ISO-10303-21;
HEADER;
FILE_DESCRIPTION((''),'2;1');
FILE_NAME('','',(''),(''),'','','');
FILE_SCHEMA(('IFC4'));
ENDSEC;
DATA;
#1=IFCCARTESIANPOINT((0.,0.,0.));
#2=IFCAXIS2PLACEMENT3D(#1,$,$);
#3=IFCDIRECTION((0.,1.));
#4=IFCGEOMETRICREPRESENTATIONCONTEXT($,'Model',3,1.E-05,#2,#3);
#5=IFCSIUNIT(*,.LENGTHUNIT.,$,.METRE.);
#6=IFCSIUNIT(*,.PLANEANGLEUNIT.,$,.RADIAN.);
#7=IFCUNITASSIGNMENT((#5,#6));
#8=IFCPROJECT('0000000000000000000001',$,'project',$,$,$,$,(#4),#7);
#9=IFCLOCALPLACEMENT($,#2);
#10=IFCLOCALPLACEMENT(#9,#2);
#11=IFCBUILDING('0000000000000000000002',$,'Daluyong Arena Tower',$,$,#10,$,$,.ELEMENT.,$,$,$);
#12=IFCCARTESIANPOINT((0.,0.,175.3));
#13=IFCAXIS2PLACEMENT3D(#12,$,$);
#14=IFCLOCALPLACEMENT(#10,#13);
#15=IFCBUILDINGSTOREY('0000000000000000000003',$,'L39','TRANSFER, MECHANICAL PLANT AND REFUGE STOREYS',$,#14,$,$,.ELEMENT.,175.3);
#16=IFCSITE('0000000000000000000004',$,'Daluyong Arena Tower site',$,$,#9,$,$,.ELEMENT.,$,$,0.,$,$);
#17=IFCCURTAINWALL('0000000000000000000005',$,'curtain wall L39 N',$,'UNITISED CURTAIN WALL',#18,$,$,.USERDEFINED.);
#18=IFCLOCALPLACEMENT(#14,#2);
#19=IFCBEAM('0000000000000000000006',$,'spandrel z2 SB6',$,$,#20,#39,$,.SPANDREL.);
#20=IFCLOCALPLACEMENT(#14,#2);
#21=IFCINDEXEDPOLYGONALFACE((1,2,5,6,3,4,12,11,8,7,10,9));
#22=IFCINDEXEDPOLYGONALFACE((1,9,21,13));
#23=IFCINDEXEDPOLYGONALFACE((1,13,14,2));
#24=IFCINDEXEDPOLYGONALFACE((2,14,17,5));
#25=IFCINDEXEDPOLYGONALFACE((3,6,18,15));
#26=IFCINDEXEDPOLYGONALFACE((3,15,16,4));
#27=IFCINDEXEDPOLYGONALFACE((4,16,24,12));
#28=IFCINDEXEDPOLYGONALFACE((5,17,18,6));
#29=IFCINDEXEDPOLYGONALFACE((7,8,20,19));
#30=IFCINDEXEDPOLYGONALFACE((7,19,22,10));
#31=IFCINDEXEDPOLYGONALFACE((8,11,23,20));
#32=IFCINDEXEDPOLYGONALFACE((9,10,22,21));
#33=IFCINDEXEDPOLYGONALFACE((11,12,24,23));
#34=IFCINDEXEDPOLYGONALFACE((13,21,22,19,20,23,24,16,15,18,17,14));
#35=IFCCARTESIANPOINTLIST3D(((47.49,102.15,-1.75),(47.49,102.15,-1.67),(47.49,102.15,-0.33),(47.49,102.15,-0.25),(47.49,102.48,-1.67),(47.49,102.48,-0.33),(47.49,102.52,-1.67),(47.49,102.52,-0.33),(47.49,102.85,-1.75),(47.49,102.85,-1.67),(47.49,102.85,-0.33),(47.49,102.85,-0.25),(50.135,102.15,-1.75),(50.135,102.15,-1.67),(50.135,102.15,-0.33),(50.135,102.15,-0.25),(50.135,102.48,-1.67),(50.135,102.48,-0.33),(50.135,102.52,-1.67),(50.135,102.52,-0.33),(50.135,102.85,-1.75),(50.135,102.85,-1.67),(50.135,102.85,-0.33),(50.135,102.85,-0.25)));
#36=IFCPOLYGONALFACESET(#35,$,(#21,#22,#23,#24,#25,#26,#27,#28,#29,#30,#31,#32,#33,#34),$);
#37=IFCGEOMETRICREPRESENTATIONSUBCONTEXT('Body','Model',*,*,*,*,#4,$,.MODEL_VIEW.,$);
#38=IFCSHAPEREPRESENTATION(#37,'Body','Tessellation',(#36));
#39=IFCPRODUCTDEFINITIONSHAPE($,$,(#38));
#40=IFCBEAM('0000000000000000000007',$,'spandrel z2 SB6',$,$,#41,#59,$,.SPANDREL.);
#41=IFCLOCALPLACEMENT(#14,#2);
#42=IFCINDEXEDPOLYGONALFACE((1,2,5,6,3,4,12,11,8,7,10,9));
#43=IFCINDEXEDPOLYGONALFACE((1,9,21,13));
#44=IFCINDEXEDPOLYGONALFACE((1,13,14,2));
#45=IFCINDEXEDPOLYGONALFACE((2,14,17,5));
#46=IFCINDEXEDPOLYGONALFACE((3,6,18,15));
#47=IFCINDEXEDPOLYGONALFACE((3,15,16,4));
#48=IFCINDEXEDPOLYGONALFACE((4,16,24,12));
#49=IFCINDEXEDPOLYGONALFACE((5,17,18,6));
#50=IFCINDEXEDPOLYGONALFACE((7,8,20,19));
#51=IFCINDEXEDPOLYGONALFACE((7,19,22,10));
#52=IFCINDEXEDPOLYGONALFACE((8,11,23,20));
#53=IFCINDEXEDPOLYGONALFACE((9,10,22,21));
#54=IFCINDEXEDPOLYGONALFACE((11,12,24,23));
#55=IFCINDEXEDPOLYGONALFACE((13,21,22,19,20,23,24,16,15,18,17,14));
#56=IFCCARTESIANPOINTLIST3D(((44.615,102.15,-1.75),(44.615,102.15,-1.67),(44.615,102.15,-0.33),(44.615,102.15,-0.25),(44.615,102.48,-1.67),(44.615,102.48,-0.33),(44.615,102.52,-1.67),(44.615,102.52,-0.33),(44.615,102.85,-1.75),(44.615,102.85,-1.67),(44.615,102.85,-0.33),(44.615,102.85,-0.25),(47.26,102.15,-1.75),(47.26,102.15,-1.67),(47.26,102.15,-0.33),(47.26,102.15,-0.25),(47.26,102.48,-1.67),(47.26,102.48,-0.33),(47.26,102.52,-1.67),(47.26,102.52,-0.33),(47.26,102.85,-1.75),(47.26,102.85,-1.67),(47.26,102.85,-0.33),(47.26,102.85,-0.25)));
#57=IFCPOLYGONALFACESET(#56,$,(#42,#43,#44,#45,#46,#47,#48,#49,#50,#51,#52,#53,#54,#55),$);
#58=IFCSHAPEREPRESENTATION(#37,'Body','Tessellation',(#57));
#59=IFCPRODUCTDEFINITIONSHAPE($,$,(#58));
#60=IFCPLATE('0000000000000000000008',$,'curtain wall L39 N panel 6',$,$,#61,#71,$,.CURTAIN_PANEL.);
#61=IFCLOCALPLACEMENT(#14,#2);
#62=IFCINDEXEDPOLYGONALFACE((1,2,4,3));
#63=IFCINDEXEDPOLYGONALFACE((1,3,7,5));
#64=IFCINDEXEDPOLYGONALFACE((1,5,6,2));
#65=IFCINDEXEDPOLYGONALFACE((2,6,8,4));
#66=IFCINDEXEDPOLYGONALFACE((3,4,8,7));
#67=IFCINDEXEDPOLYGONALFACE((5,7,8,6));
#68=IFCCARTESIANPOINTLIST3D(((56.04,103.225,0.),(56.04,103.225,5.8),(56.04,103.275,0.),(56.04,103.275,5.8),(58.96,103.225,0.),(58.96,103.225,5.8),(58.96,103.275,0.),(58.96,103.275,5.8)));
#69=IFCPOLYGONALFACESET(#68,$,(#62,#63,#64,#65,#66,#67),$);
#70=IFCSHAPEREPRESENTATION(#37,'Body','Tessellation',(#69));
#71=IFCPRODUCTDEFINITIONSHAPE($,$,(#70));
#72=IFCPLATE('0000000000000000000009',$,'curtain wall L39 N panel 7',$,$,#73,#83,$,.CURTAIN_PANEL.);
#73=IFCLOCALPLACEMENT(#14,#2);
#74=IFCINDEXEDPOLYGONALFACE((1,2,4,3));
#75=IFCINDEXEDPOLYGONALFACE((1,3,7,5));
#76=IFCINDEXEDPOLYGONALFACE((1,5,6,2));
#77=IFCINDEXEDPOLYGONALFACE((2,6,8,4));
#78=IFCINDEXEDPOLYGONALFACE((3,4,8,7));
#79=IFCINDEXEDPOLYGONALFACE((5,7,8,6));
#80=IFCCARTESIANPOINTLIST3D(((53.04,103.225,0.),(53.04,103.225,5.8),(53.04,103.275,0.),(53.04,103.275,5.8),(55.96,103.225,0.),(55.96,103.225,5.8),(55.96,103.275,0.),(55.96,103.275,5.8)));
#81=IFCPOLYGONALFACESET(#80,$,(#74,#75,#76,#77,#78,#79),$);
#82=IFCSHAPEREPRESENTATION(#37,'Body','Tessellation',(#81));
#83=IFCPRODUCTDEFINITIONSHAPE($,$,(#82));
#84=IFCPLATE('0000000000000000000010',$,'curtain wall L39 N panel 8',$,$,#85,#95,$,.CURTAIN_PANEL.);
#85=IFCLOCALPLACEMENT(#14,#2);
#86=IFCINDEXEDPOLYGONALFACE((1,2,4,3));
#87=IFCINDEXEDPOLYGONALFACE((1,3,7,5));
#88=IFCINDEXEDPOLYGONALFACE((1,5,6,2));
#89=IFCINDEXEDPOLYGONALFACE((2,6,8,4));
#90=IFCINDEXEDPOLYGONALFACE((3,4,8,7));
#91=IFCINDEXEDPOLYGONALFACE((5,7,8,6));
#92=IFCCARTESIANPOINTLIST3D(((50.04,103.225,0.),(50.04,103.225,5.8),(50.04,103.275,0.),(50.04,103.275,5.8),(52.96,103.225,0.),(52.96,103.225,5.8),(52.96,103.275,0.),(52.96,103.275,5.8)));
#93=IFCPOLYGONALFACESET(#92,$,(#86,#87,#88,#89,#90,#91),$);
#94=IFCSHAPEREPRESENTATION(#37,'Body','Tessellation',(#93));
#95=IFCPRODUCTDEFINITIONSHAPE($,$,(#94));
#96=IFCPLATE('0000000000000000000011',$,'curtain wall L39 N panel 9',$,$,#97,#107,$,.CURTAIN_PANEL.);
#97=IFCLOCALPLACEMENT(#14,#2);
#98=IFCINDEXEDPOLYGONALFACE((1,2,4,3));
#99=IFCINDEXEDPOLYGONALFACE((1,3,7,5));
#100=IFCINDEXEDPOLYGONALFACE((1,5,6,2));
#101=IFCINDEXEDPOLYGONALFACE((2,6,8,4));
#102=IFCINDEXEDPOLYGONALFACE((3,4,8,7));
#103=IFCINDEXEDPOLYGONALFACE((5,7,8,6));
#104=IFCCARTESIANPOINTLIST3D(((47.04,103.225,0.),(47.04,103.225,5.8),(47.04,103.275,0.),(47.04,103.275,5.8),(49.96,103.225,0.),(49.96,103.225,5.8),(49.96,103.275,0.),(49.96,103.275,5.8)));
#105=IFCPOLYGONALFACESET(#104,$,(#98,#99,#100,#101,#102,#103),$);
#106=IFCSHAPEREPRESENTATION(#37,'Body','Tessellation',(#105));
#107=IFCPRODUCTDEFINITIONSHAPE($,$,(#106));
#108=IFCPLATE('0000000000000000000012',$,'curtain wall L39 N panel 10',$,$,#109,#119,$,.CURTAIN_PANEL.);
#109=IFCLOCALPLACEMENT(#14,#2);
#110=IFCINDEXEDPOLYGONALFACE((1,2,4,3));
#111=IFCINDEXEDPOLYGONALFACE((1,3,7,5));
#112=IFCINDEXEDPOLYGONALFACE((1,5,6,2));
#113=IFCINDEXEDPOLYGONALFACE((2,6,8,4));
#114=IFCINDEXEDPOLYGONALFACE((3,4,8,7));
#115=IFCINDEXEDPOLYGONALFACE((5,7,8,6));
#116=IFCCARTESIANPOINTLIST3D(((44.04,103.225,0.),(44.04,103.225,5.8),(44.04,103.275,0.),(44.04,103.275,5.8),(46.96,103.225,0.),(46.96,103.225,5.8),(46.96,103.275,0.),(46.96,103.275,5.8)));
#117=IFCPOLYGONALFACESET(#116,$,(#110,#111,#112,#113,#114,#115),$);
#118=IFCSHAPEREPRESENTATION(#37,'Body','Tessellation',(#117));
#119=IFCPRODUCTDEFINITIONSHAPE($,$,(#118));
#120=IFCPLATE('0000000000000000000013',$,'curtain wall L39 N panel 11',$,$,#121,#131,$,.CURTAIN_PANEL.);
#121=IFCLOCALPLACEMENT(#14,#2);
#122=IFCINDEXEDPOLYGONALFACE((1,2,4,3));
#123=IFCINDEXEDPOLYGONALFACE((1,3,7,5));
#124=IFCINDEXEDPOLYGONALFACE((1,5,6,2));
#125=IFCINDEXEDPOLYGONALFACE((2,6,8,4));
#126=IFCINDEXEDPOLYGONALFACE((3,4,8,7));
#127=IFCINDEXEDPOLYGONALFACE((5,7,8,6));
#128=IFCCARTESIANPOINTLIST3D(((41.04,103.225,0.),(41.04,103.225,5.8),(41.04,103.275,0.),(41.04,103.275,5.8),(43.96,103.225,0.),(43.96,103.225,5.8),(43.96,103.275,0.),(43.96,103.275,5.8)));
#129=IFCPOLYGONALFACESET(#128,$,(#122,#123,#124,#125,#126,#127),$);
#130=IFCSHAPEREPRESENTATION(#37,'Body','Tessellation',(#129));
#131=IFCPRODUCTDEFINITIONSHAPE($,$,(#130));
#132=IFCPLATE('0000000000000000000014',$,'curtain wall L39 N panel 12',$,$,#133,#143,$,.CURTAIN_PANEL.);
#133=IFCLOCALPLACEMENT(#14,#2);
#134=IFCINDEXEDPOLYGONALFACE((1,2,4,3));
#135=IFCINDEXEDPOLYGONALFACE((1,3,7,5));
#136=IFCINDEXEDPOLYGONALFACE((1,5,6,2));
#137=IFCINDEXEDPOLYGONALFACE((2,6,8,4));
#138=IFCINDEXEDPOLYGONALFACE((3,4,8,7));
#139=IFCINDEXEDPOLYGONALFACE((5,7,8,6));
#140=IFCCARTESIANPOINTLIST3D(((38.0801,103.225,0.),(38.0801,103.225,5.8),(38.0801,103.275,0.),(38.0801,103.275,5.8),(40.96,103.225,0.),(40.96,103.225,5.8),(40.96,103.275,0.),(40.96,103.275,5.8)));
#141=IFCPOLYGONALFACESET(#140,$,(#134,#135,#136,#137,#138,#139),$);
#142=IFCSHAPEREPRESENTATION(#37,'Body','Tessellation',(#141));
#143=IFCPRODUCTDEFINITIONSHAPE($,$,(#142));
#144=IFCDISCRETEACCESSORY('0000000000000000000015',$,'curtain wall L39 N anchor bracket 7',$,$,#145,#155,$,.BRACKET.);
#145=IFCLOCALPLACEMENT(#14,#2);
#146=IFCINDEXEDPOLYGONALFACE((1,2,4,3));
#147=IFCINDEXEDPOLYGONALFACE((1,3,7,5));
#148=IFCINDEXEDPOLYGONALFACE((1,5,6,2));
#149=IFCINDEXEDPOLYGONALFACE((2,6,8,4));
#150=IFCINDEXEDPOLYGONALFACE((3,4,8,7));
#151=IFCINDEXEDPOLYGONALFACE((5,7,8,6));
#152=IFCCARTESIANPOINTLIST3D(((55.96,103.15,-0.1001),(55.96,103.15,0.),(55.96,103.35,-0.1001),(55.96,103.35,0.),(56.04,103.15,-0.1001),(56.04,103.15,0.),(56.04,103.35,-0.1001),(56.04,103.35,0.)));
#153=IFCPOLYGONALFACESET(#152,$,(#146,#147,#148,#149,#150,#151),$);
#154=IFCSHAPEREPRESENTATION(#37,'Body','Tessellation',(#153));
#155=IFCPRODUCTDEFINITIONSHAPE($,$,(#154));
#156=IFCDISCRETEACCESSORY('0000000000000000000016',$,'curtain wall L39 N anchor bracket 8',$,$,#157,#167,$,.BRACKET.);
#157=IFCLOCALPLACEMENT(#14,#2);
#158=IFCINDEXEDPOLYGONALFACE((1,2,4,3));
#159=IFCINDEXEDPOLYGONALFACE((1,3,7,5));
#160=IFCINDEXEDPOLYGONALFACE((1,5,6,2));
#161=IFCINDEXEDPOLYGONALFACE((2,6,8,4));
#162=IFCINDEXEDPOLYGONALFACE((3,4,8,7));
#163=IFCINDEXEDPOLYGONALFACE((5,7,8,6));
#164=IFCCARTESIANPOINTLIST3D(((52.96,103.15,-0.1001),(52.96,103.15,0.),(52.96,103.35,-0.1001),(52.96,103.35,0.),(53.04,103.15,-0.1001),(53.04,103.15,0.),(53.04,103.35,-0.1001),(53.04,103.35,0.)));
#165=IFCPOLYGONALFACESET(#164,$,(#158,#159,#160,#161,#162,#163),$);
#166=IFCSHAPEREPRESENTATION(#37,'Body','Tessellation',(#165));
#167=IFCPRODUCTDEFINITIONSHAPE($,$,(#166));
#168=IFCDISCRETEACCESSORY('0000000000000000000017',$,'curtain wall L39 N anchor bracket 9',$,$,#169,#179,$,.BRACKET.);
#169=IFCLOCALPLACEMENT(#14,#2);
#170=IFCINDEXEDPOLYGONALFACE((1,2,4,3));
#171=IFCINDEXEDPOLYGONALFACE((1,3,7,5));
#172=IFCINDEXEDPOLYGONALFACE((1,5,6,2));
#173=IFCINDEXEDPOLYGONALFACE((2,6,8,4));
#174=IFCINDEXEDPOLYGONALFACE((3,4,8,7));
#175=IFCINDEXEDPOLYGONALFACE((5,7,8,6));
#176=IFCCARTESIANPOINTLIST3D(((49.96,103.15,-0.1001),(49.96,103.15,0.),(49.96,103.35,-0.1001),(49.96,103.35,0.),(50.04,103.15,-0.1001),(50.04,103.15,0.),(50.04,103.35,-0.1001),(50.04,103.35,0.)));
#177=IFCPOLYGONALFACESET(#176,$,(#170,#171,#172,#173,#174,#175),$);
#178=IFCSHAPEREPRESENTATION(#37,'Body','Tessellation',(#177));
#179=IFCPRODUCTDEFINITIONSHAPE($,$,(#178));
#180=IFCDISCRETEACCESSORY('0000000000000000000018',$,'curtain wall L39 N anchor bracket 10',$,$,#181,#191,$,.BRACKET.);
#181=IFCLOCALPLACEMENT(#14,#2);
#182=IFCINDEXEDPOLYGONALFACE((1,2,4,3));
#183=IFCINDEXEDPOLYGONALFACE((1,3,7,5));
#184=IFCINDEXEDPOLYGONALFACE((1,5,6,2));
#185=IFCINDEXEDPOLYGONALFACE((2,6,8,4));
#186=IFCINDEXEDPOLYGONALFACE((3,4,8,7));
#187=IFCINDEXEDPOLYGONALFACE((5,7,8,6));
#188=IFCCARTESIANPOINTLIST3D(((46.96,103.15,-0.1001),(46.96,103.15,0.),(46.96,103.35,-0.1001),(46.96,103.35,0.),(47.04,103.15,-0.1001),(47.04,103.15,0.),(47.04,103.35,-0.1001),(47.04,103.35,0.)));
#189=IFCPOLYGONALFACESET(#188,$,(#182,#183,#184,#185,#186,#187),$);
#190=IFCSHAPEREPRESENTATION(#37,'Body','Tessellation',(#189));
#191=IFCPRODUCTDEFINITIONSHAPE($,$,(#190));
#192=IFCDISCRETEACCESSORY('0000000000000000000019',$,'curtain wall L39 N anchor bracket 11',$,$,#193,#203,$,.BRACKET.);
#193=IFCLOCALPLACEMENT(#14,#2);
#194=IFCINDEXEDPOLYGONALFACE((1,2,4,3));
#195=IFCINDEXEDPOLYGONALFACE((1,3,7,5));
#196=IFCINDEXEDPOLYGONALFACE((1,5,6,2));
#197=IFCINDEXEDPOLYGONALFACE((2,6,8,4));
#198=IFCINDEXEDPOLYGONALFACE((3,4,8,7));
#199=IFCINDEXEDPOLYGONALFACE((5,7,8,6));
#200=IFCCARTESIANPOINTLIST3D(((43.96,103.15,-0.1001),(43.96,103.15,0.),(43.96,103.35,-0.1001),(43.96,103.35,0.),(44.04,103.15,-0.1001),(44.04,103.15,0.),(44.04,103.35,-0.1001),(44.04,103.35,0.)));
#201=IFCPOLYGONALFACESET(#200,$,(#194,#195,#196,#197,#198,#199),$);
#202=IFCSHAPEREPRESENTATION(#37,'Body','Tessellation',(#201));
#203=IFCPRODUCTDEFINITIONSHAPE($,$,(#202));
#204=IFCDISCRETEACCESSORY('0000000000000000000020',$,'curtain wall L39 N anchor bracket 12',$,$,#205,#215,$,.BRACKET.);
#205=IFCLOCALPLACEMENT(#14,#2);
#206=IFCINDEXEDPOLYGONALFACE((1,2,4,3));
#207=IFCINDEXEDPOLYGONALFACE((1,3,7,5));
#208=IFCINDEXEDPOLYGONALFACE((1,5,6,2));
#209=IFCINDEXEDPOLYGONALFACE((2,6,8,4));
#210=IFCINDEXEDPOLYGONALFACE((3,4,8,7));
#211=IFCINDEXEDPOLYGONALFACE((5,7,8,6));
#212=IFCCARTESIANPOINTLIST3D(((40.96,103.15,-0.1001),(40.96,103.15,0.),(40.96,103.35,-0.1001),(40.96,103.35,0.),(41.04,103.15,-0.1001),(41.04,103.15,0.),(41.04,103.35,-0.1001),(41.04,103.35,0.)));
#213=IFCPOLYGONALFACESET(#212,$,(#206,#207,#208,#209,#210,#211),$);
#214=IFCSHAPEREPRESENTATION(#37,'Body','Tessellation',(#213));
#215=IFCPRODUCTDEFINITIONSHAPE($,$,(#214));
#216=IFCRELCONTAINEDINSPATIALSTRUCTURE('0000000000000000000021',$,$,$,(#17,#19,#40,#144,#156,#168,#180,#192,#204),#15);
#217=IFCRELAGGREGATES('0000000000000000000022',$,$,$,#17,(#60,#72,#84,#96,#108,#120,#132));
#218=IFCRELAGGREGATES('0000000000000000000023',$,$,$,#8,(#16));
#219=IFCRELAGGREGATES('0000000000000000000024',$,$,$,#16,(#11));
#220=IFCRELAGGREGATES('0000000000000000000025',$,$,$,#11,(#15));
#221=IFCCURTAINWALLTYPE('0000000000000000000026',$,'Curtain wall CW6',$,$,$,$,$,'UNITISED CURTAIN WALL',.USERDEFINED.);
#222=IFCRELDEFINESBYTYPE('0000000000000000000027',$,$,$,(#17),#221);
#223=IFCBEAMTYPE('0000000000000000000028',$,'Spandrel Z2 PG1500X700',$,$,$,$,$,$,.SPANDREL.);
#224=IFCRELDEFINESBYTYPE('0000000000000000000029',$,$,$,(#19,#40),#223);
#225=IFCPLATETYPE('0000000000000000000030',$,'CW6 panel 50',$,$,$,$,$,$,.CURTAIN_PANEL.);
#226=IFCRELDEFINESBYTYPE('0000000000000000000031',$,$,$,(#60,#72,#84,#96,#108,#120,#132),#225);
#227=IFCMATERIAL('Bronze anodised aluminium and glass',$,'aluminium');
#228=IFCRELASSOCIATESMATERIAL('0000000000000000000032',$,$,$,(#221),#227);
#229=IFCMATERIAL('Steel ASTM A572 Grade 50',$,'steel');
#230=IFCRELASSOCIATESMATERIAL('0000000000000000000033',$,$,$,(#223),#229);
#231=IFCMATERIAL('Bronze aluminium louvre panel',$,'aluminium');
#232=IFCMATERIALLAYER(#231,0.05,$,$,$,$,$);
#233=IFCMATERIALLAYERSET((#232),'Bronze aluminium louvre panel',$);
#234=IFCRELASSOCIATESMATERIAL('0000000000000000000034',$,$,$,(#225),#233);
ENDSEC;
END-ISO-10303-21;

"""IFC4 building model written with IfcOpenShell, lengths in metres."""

from ifc_helpers import new_model, si_unit, direction, frame, origin, origin_2d, place, context, subcontext, project, spatial, rectangle, i_section, extrude, material, layer, layer_set, material_profile, profile_set, type_object, element, aggregate, save


model = new_model("IFC4")

# Units and contexts
model_context = context("Model", 3, precision=1e-05, world=origin(), true_north=direction((0.0, 1.0)))
body_context = subcontext(model_context, "Body", "Model", "MODEL_VIEW")
ifc_project = project(units=[si_unit("LENGTHUNIT", "METRE"), si_unit("PLANEANGLEUNIT", "RADIAN")], contexts=[model_context])

# Site, building, storey
site_placement = place(None, origin())
site = spatial("IfcSite", under=ifc_project, at=site_placement, Name="Daluyong Arena Tower site", CompositionType="ELEMENT", RefElevation=0.0)
building_placement = place(site_placement, origin())
building = spatial("IfcBuilding", under=site, at=building_placement, Name="Daluyong Arena Tower", CompositionType="ELEMENT")
storey_placement = place(building_placement, frame((0.0, 0.0, 175.3)))
storey = spatial("IfcBuildingStorey", under=building, at=storey_placement, Name="L39", Description="TRANSFER, MECHANICAL PLANT AND REFUGE STOREYS", CompositionType="ELEMENT", Elevation=175.3)

# Curtain wall
ifc_material_1 = material(Name="Bronze anodised aluminium and glass", Category="aluminium")
curtain_wall_type = type_object("IfcCurtainWallType", Name="Curtain wall CW6", ElementType="UNITISED CURTAIN WALL", PredefinedType="USERDEFINED", material=ifc_material_1)
curtain_wall_placement = place(storey_placement, origin())
curtain_wall = element("IfcCurtainWall", 1, at=curtain_wall_placement, inside=storey, type_object=curtain_wall_type, Name="curtain wall L39 N", ObjectType="UNITISED CURTAIN WALL", PredefinedType="USERDEFINED")

# Beams
ifc_material_2 = material(Name="Steel ASTM A572 Grade 50", Category="steel")
ifc_material_profile_1 = material_profile(ifc_material_2, i_section(OverallWidth=0.7, OverallDepth=1.5, WebThickness=0.04, FlangeThickness=0.08, at=origin_2d()))
ifc_profile_set_1 = profile_set([ifc_material_profile_1], Name="Steel ASTM A572 Grade 50")
beam_type = type_object("IfcBeamType", Name="Spandrel Z2 PG1500X700", PredefinedType="SPANDREL", material=ifc_profile_set_1)
for number, where, z_axis, x_axis, name in (
    (2, (50.135, 102.5, -1.0), (-1.0, 0.0, 0.0), (0.0, -1.0, 0.0), "spandrel z2 SB6"),
    (3, (47.26, 102.5, -1.0), (-1.0, 0.0, 0.0), (0.0, -1.0, 0.0), "spandrel z2 SB6"),
):
    element("IfcBeam", number, at=place(storey_placement, frame(where, z_axis=z_axis, x_axis=x_axis)), inside=storey, type_object=beam_type, Name=name, PredefinedType="SPANDREL", context=body_context, shape_type="SweptSolid", body=[
        extrude(i_section(OverallWidth=0.7, OverallDepth=1.5, WebThickness=0.04, FlangeThickness=0.08, at=origin_2d()), origin(), (0.0, 0.0, 1.0), 2.645),
    ])

# Plates
ifc_material_3 = material(Name="Bronze aluminium louvre panel", Category="aluminium")
ifc_layer = layer(ifc_material_3, 0.05)
ifc_layer_set = layer_set([ifc_layer], Name="Bronze aluminium louvre panel")
plate_type = type_object("IfcPlateType", Name="CW6 panel 50", PredefinedType="CURTAIN_PANEL", material=ifc_layer_set)
plate_1_placement = place(storey_placement, frame((57.5, 103.25, 0.0), z_axis=(0.0, 0.0, 1.0), x_axis=(-1.0, 0.0, 0.0)))
plate_1 = element("IfcPlate", 4, at=plate_1_placement, type_object=plate_type, Name="curtain wall L39 N panel 6", PredefinedType="CURTAIN_PANEL", context=body_context, shape_type="SweptSolid", body=[
    extrude(rectangle(XDim=2.9199, YDim=0.05, at=origin_2d()), origin(), (0.0, 0.0, 1.0), 5.8),
])
plate_2_placement = place(storey_placement, frame((54.5, 103.25, 0.0), z_axis=(0.0, 0.0, 1.0), x_axis=(-1.0, 0.0, 0.0)))
plate_2 = element("IfcPlate", 5, at=plate_2_placement, type_object=plate_type, Name="curtain wall L39 N panel 7", PredefinedType="CURTAIN_PANEL", context=body_context, shape_type="SweptSolid", body=[
    extrude(rectangle(XDim=2.9199, YDim=0.05, at=origin_2d()), origin(), (0.0, 0.0, 1.0), 5.8),
])
plate_3_placement = place(storey_placement, frame((51.5, 103.25, 0.0), z_axis=(0.0, 0.0, 1.0), x_axis=(-1.0, 0.0, 0.0)))
plate_3 = element("IfcPlate", 6, at=plate_3_placement, type_object=plate_type, Name="curtain wall L39 N panel 8", PredefinedType="CURTAIN_PANEL", context=body_context, shape_type="SweptSolid", body=[
    extrude(rectangle(XDim=2.9199, YDim=0.05, at=origin_2d()), origin(), (0.0, 0.0, 1.0), 5.8),
])
plate_4_placement = place(storey_placement, frame((48.5, 103.25, 0.0), z_axis=(0.0, 0.0, 1.0), x_axis=(-1.0, 0.0, 0.0)))
plate_4 = element("IfcPlate", 7, at=plate_4_placement, type_object=plate_type, Name="curtain wall L39 N panel 9", PredefinedType="CURTAIN_PANEL", context=body_context, shape_type="SweptSolid", body=[
    extrude(rectangle(XDim=2.9199, YDim=0.05, at=origin_2d()), origin(), (0.0, 0.0, 1.0), 5.8),
])
plate_5_placement = place(storey_placement, frame((45.5, 103.25, 0.0), z_axis=(0.0, 0.0, 1.0), x_axis=(-1.0, 0.0, 0.0)))
plate_5 = element("IfcPlate", 8, at=plate_5_placement, type_object=plate_type, Name="curtain wall L39 N panel 10", PredefinedType="CURTAIN_PANEL", context=body_context, shape_type="SweptSolid", body=[
    extrude(rectangle(XDim=2.9199, YDim=0.05, at=origin_2d()), origin(), (0.0, 0.0, 1.0), 5.8),
])
plate_6_placement = place(storey_placement, frame((42.5, 103.25, 0.0), z_axis=(0.0, 0.0, 1.0), x_axis=(-1.0, 0.0, 0.0)))
plate_6 = element("IfcPlate", 9, at=plate_6_placement, type_object=plate_type, Name="curtain wall L39 N panel 11", PredefinedType="CURTAIN_PANEL", context=body_context, shape_type="SweptSolid", body=[
    extrude(rectangle(XDim=2.9199, YDim=0.05, at=origin_2d()), origin(), (0.0, 0.0, 1.0), 5.8),
])
plate_7_placement = place(storey_placement, frame((39.52, 103.25, 0.0), z_axis=(0.0, 0.0, 1.0), x_axis=(-1.0, 0.0, 0.0)))
plate_7 = element("IfcPlate", 10, at=plate_7_placement, type_object=plate_type, Name="curtain wall L39 N panel 12", PredefinedType="CURTAIN_PANEL", context=body_context, shape_type="SweptSolid", body=[
    extrude(rectangle(XDim=2.8799, YDim=0.05, at=origin_2d()), origin(), (0.0, 0.0, 1.0), 5.8),
])
aggregate(curtain_wall, [plate_1, plate_2, plate_3, plate_4, plate_5, plate_6, plate_7])

# Discrete accessories
for number, where, z_axis, x_axis, name in (
    (11, (56.0, 103.25, -0.1001), (0.0, 0.0, 1.0), (-1.0, 0.0, 0.0), "curtain wall L39 N anchor bracket 7"),
    (12, (53.0, 103.25, -0.1001), (0.0, 0.0, 1.0), (-1.0, 0.0, 0.0), "curtain wall L39 N anchor bracket 8"),
    (13, (50.0, 103.25, -0.1001), (0.0, 0.0, 1.0), (-1.0, 0.0, 0.0), "curtain wall L39 N anchor bracket 9"),
    (14, (47.0, 103.25, -0.1001), (0.0, 0.0, 1.0), (-1.0, 0.0, 0.0), "curtain wall L39 N anchor bracket 10"),
    (15, (44.0, 103.25, -0.1001), (0.0, 0.0, 1.0), (-1.0, 0.0, 0.0), "curtain wall L39 N anchor bracket 11"),
    (16, (41.0, 103.25, -0.1001), (0.0, 0.0, 1.0), (-1.0, 0.0, 0.0), "curtain wall L39 N anchor bracket 12"),
):
    element("IfcDiscreteAccessory", number, at=place(storey_placement, frame(where, z_axis=z_axis, x_axis=x_axis)), inside=storey, Name=name, PredefinedType="BRACKET", context=body_context, shape_type="SweptSolid", body=[
        extrude(rectangle(XDim=0.0801, YDim=0.2, at=origin_2d()), origin(), (0.0, 0.0, 1.0), 0.1001),
    ])

save(model, "model.ifc")
